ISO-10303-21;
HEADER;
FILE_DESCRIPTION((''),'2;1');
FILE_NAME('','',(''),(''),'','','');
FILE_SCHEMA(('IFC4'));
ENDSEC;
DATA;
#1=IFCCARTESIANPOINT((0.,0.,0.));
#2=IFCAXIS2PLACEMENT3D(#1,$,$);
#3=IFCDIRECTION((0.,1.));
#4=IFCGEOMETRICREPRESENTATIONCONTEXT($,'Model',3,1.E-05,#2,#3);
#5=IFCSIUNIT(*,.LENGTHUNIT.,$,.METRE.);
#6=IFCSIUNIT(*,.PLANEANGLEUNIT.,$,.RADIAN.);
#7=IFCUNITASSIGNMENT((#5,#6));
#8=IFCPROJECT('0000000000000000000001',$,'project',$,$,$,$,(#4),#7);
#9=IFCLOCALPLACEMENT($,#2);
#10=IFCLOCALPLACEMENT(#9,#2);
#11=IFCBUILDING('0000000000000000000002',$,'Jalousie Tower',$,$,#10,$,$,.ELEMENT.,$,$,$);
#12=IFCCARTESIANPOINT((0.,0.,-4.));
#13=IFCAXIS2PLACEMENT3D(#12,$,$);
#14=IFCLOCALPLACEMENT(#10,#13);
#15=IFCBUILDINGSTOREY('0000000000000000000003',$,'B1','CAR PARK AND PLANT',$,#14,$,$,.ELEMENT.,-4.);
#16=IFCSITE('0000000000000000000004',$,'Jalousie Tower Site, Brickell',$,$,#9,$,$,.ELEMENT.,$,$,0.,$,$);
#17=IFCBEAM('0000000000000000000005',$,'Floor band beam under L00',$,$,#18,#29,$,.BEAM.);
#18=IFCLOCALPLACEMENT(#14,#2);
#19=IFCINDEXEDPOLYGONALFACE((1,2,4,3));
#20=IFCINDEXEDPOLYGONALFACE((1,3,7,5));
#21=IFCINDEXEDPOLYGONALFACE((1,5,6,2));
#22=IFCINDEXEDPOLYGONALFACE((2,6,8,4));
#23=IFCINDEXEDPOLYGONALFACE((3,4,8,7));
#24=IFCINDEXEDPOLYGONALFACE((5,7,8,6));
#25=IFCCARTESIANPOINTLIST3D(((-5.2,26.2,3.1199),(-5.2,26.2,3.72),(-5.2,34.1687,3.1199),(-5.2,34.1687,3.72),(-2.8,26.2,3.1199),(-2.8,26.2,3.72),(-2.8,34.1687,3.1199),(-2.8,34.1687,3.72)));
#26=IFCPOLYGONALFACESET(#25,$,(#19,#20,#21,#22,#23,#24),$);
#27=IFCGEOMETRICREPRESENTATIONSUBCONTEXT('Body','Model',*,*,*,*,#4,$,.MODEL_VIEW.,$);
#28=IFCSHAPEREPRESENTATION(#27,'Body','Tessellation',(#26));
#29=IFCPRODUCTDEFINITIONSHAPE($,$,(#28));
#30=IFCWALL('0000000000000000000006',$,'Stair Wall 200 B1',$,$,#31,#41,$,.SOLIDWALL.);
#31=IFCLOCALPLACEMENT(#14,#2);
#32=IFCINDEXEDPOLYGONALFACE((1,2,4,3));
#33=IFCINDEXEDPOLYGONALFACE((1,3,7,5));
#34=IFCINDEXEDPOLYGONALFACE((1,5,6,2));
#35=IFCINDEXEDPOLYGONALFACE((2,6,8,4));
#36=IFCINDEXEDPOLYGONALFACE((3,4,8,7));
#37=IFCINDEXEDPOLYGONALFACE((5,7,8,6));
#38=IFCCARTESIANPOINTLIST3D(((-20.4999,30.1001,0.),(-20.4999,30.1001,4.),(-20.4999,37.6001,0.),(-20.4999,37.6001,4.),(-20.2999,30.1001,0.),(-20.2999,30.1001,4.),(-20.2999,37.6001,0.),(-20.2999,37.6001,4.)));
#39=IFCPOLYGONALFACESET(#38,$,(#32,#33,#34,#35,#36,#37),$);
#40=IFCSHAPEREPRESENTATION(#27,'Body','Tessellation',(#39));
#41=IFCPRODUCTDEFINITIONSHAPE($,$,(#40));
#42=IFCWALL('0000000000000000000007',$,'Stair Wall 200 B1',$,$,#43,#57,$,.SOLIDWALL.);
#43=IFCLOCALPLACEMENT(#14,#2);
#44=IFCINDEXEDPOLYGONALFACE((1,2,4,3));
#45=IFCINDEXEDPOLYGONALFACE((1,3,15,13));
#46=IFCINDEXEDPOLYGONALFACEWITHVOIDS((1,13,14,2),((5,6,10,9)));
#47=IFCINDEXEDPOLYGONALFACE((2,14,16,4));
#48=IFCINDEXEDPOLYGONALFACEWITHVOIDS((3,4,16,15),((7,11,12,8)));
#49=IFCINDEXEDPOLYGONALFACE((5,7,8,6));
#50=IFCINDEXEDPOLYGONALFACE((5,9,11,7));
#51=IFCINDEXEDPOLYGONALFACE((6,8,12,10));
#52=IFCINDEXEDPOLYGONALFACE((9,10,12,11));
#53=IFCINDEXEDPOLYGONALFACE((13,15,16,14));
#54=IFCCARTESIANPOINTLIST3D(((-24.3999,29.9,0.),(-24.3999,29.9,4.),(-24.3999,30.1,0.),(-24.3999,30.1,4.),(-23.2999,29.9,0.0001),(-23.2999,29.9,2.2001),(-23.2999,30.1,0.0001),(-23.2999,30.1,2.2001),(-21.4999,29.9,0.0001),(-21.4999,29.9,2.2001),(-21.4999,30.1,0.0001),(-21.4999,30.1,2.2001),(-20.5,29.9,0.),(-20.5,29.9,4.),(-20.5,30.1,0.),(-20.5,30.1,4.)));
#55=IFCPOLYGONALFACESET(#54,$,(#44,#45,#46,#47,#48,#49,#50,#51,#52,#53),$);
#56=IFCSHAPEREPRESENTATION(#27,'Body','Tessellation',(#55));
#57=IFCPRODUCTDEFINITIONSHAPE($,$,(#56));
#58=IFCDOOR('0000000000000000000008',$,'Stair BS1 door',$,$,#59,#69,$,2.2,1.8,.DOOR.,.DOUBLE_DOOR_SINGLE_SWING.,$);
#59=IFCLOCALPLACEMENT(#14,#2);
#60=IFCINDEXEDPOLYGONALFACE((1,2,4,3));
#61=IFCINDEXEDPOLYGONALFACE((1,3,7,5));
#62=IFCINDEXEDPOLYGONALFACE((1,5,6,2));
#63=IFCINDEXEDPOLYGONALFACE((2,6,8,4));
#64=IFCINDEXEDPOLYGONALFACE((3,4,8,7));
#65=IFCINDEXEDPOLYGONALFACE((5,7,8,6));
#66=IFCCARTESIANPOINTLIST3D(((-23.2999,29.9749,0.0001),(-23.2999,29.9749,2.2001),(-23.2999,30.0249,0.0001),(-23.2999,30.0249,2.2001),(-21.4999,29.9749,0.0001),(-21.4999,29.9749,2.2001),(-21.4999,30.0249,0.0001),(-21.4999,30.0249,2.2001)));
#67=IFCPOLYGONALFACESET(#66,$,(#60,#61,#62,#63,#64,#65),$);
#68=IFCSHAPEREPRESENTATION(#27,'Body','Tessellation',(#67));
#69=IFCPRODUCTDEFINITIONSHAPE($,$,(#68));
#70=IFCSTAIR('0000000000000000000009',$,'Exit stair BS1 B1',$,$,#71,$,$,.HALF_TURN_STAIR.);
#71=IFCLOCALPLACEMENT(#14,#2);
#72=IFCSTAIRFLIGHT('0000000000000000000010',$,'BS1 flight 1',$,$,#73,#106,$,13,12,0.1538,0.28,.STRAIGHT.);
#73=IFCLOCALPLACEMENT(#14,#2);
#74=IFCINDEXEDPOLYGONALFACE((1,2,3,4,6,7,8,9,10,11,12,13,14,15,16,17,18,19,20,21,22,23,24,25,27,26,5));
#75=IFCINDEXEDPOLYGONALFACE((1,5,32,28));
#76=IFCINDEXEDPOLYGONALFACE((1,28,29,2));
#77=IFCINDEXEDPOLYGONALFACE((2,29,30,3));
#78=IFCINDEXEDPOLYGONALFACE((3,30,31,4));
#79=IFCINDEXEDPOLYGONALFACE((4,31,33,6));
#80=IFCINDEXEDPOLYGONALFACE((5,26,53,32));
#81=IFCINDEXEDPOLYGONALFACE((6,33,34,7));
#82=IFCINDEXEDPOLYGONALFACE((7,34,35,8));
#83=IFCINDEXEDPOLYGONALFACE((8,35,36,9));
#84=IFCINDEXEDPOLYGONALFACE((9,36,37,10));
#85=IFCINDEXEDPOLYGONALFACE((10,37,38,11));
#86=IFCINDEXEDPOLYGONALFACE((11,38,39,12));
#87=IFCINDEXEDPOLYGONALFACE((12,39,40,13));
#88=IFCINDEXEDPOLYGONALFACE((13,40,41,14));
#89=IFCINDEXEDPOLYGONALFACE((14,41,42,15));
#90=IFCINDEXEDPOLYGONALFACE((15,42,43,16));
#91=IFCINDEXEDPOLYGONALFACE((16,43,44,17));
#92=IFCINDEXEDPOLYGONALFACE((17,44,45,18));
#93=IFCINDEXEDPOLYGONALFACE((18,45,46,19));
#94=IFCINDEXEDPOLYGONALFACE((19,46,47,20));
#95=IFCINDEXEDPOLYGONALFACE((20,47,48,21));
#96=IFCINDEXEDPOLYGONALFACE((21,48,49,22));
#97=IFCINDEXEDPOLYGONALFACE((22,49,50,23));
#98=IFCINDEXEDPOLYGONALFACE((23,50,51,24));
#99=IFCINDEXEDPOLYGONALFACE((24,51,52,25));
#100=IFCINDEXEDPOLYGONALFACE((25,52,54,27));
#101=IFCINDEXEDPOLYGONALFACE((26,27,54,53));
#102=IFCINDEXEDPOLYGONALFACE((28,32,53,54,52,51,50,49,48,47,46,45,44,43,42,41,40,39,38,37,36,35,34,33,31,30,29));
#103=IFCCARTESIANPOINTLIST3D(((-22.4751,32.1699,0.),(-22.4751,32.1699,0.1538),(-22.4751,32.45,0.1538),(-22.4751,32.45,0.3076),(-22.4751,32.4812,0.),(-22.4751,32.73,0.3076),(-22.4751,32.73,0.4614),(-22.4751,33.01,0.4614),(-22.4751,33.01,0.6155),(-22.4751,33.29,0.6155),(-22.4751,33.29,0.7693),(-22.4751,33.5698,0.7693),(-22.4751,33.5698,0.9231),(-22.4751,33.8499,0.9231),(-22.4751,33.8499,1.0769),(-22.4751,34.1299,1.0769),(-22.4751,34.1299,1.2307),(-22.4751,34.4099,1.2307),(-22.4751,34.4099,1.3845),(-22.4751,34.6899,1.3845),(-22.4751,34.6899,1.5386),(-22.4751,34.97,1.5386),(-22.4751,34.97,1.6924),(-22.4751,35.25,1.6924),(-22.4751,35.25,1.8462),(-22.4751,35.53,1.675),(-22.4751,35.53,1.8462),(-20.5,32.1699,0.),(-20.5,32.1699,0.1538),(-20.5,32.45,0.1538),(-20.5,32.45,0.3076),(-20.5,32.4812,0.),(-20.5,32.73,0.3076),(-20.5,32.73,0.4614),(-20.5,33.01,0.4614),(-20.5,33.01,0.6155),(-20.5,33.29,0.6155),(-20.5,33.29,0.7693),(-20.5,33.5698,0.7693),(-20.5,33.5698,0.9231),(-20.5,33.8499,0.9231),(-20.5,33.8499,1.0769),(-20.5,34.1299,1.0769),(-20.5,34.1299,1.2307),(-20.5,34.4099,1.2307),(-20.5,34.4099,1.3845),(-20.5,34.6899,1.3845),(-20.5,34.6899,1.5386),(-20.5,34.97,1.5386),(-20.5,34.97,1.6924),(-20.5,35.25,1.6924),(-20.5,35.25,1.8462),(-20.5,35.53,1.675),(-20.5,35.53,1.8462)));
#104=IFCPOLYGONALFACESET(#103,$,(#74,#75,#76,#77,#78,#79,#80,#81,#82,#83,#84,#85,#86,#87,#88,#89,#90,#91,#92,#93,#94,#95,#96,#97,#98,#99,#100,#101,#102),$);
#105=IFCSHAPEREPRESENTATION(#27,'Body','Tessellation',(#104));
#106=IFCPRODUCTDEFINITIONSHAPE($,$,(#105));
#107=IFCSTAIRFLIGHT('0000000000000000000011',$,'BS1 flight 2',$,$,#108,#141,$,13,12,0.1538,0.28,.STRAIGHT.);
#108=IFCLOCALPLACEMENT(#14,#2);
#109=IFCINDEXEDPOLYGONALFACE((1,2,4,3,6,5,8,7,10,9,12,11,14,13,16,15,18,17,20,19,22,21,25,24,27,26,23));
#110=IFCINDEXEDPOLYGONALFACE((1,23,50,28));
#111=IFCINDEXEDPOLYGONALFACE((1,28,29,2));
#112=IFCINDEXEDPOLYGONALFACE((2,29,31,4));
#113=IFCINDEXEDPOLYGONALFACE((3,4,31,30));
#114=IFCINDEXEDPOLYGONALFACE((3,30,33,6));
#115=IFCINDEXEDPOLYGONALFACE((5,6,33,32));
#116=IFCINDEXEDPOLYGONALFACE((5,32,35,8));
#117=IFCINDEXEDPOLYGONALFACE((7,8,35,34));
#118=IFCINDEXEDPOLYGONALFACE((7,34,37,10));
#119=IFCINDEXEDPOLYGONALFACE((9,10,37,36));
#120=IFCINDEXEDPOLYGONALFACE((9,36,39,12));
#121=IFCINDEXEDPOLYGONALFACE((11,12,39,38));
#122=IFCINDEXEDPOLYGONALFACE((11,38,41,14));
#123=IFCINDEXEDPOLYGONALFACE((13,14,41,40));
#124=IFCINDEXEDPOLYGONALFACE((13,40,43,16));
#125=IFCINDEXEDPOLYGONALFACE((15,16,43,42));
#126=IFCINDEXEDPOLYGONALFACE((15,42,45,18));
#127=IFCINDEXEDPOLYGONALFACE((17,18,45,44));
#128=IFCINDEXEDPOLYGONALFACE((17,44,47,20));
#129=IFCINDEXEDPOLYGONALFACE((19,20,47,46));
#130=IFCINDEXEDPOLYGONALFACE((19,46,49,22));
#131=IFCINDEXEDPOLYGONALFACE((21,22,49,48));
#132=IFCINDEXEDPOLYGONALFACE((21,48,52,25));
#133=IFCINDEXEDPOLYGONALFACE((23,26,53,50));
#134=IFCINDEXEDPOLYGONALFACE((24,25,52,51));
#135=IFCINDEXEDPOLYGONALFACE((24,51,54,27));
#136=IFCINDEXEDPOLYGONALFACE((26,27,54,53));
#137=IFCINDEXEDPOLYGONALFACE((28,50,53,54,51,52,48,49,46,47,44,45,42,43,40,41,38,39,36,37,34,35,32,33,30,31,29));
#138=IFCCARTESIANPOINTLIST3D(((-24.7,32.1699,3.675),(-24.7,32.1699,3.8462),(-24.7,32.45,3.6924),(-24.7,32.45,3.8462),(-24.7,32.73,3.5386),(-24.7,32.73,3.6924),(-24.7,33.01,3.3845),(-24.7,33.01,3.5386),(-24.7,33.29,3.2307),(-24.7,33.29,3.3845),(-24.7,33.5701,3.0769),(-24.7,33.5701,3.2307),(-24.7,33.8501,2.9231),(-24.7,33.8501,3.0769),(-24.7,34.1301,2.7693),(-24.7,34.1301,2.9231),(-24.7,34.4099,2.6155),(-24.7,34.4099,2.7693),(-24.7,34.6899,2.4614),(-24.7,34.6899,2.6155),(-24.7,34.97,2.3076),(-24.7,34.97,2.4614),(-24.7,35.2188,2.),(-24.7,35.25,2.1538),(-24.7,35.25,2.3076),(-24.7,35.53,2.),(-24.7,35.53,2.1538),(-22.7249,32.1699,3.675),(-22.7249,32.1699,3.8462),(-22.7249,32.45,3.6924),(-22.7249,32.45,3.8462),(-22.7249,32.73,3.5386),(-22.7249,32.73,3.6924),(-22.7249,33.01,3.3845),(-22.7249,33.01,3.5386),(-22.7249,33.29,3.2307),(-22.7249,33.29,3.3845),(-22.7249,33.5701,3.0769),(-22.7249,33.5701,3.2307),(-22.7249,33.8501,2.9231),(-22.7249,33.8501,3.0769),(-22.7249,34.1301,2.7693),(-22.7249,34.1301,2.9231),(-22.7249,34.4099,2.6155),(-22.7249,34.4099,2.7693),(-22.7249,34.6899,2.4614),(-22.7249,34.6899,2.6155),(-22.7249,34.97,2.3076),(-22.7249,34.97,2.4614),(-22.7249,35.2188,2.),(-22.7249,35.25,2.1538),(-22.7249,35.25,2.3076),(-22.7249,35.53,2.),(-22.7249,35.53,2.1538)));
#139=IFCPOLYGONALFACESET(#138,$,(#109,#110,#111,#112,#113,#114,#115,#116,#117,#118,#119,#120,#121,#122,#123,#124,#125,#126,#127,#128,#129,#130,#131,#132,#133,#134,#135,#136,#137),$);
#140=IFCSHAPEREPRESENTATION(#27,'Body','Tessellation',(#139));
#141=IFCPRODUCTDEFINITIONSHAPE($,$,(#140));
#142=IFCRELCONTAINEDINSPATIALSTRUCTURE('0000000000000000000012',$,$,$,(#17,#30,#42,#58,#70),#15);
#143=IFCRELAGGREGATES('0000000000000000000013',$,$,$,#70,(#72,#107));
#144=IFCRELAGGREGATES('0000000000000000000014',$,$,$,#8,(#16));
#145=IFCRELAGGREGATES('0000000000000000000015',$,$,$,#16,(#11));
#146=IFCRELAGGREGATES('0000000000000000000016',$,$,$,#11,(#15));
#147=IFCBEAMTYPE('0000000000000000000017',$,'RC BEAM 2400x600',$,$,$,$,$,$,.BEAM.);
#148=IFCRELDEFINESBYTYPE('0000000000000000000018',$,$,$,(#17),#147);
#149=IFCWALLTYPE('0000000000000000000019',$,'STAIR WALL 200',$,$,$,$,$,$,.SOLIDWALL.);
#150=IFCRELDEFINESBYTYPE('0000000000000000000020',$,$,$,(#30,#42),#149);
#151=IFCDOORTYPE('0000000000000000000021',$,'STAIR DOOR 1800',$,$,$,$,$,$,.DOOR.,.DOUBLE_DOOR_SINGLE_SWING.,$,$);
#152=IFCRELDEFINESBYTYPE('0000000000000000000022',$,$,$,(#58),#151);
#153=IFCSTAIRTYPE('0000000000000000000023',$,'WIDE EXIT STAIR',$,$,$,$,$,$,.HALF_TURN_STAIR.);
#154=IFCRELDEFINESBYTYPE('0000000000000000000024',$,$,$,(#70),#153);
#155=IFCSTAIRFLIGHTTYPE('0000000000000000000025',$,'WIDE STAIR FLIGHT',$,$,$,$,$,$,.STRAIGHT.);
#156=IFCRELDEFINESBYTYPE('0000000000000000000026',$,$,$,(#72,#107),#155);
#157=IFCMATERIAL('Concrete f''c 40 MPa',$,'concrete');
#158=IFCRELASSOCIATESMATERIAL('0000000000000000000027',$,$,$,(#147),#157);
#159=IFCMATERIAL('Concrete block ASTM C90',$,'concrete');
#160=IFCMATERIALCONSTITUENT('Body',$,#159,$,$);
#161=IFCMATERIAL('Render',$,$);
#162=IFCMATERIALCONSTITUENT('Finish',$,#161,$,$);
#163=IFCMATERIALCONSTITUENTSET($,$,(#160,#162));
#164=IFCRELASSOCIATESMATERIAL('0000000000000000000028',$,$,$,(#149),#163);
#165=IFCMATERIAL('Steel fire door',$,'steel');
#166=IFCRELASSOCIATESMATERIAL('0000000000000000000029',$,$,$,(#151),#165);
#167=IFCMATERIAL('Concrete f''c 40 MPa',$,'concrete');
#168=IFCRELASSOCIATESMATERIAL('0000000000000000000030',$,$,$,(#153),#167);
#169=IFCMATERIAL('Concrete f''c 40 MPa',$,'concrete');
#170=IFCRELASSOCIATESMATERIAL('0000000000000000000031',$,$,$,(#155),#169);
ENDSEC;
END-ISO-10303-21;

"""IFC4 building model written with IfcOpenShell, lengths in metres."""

from ifc_helpers import new_model, si_unit, direction, frame, frame_2d, origin, origin_2d, place, context, subcontext, project, spatial, polyline, rectangle, outline, extrude, material, constituent, constituent_set, material_profile, profile_set, type_object, element, fill, aggregate, save


model = new_model("IFC4")

# Units and contexts
model_context = context("Model", 3, precision=1e-05, world=origin(), true_north=direction((0.0, 1.0)))
body_context = subcontext(model_context, "Body", "Model", "MODEL_VIEW")
ifc_project = project(units=[si_unit("LENGTHUNIT", "METRE"), si_unit("PLANEANGLEUNIT", "RADIAN")], contexts=[model_context])

# Site, building, storey
site_placement = place(None, origin())
site = spatial("IfcSite", under=ifc_project, at=site_placement, Name="Jalousie Tower Site, Brickell", CompositionType="ELEMENT", RefElevation=0.0)
building_placement = place(site_placement, origin())
building = spatial("IfcBuilding", under=site, at=building_placement, Name="Jalousie Tower", CompositionType="ELEMENT")
storey_placement = place(building_placement, frame((0.0, 0.0, -4.0)))
storey = spatial("IfcBuildingStorey", under=building, at=storey_placement, Name="B1", Description="CAR PARK AND PLANT", CompositionType="ELEMENT", Elevation=-4.0)

# Beam
ifc_material_1 = material(Name="Concrete f'c 40 MPa", Category="concrete")
ifc_material_profile_1 = material_profile(ifc_material_1, rectangle(XDim=2.3999, YDim=0.6001, at=origin_2d()), Name="RC 2400x600")
ifc_profile_set_1 = profile_set([ifc_material_profile_1], Name="Concrete f'c 40 MPa")
beam_type_1 = type_object("IfcBeamType", Name="RC BEAM 2400x600", PredefinedType="BEAM", material=ifc_profile_set_1)
beam_1_placement = place(storey_placement, frame((-4.0, 26.2, 3.4199), z_axis=(0.0, 1.0, 0.0), x_axis=(-1.0, 0.0, 0.0)))
element("IfcBeam", 1, at=beam_1_placement, inside=storey, type_object=beam_type_1, Name="Floor band beam under L00", PredefinedType="BEAM", context=body_context, shape_type="SweptSolid", body=[
    extrude(rectangle(XDim=2.3999, YDim=0.6001, at=origin_2d()), origin(), (0.0, 0.0, 1.0), 7.9688),
])

# Wall
ifc_material_2 = material(Name="Concrete block ASTM C90", Category="concrete")
ifc_constituent_1 = constituent(ifc_material_2, Name="Body")
ifc_material_3 = material(Name="Render")
ifc_constituent_2 = constituent(ifc_material_3, Name="Finish")
ifc_constituent_set_1 = constituent_set(constituents=[ifc_constituent_1, ifc_constituent_2])
wall_type = type_object("IfcWallType", Name="STAIR WALL 200", PredefinedType="SOLIDWALL", material=ifc_constituent_set_1)
wall_1_placement = place(storey_placement, frame((-20.3999, 30.1001, 0.0), z_axis=(0.0, 0.0, 1.0), x_axis=(0.0, 1.0, 0.0)))
element("IfcWall", 2, at=wall_1_placement, inside=storey, type_object=wall_type, Name="Stair Wall 200 B1", PredefinedType="SOLIDWALL", context=body_context, shape_type="SweptSolid", body=[
    extrude(rectangle(XDim=7.5, YDim=0.2, at=frame_2d((3.75, 0.0))), origin(), (0.0, 0.0, 1.0), 4.0),
])

# Wall, opening, door
wall_2_placement = place(storey_placement, frame((-24.3999, 30.0, 0.0), z_axis=(0.0, 0.0, 1.0), x_axis=(1.0, 0.0, 0.0)))
wall_2 = element("IfcWall", 3, at=wall_2_placement, inside=storey, type_object=wall_type, Name="Stair Wall 200 B1", PredefinedType="SOLIDWALL", context=body_context, shape_type="SweptSolid", body=[
    extrude(rectangle(XDim=3.8999, YDim=0.2, at=frame_2d((1.95, 0.0))), origin(), (0.0, 0.0, 1.0), 4.0),
])
opening_placement = place(wall_2_placement, frame((1.1001, 0.0, 0.0)))
opening = element("IfcOpeningElement", 4, at=opening_placement, cuts=wall_2, PredefinedType="OPENING", context=body_context, shape_type="SweptSolid", body=[
    extrude(rectangle(XDim=1.8, YDim=2.2, at=frame_2d((0.8999, 1.1001))), frame((0.0, 0.1099, 0.0), z_axis=(0.0, -1.0, 0.0), x_axis=(1.0, 0.0, 0.0)), (0.0, 0.0, 1.0), 0.22),
])
ifc_material_4 = material(Name="Steel fire door", Category="steel")
door_type = type_object("IfcDoorType", Name="STAIR DOOR 1800", OperationType="DOUBLE_DOOR_SINGLE_SWING", PredefinedType="DOOR", material=ifc_material_4)
door_placement = place(opening_placement, origin())
door = element("IfcDoor", 5, at=door_placement, inside=storey, type_object=door_type, Name="Stair BS1 door", OperationType="DOUBLE_DOOR_SINGLE_SWING", OverallHeight=2.2, OverallWidth=1.8, PredefinedType="DOOR", context=body_context, shape_type="SweptSolid", body=[
    extrude(rectangle(XDim=1.8, YDim=2.2, at=frame_2d((0.8999, 1.1001))), frame((0.0, 0.0249, 0.0), z_axis=(0.0, -1.0, 0.0), x_axis=(1.0, 0.0, 0.0)), (0.0, 0.0, 1.0), 0.05),
])
fill(opening, door)

# Stair, stair flights
ifc_material_5 = material(Name="Concrete f'c 40 MPa", Category="concrete")
stair_type = type_object("IfcStairType", Name="WIDE EXIT STAIR", PredefinedType="HALF_TURN_STAIR", material=ifc_material_5)
stair_placement = place(storey_placement, origin())
stair = element("IfcStair", 6, at=stair_placement, inside=storey, type_object=stair_type, Name="Exit stair BS1 B1", PredefinedType="HALF_TURN_STAIR")
ifc_material_6 = material(Name="Concrete f'c 40 MPa", Category="concrete")
stair_flight_type = type_object("IfcStairFlightType", Name="WIDE STAIR FLIGHT", PredefinedType="STRAIGHT", material=ifc_material_6)
stair_flight_1_placement = place(storey_placement, frame((-21.4875, 32.1699, 0.0), z_axis=(0.0, 0.0, 1.0), x_axis=(0.0, 1.0, 0.0)))
stair_flight_1 = element("IfcStairFlight", 7, at=stair_flight_1_placement, type_object=stair_flight_type, Name="BS1 flight 1", NumberOfRisers=13, NumberOfTreads=12, PredefinedType="STRAIGHT", RiserHeight=0.1538, TreadLength=0.28, context=body_context, shape_type="SweptSolid", body=[
    extrude(outline(polyline([(0.0, 0.0), (0.0, 0.1538), (0.28, 0.1538), (0.28, 0.3076), (0.5601, 0.3076), (0.5601, 0.4614), (0.8401, 0.4614), (0.8401, 0.6155), (1.1201, 0.6155), (1.1201, 0.7693), (1.3999, 0.7693), (1.3999, 0.9231), (1.6799, 0.9231), (1.6799, 1.0769), (1.96, 1.0769), (1.96, 1.2307), (2.24, 1.2307), (2.24, 1.3845), (2.52, 1.3845), (2.52, 1.5386), (2.8, 1.5386), (2.8, 1.6924), (3.0801, 1.6924), (3.0801, 1.8462), (3.3601, 1.8462), (3.3601, 2.0), (3.3601, 1.675), (0.3113, 0.0), (0.0, 0.0)])), frame((0.0, 0.9875, 0.0), z_axis=(0.0, -1.0, 0.0), x_axis=(1.0, 0.0, 0.0)), (0.0, 0.0, 1.0), 1.9751),
])
stair_flight_2_placement = place(storey_placement, frame((-23.7124, 35.53, 2.0), z_axis=(0.0, 0.0, 1.0), x_axis=(0.0, -1.0, 0.0)))
stair_flight_2 = element("IfcStairFlight", 8, at=stair_flight_2_placement, type_object=stair_flight_type, Name="BS1 flight 2", NumberOfRisers=13, NumberOfTreads=12, PredefinedType="STRAIGHT", RiserHeight=0.1538, TreadLength=0.28, context=body_context, shape_type="SweptSolid", body=[
    extrude(outline(polyline([(0.0, 0.0), (0.0, 0.1538), (0.28, 0.1538), (0.28, 0.3076), (0.5601, 0.3076), (0.5601, 0.4614), (0.8401, 0.4614), (0.8401, 0.6155), (1.1201, 0.6155), (1.1201, 0.7693), (1.3999, 0.7693), (1.3999, 0.9231), (1.6799, 0.9231), (1.6799, 1.0769), (1.96, 1.0769), (1.96, 1.2307), (2.24, 1.2307), (2.24, 1.3845), (2.52, 1.3845), (2.52, 1.5386), (2.8, 1.5386), (2.8, 1.6924), (3.0801, 1.6924), (3.0801, 1.8462), (3.3601, 1.8462), (3.3601, 2.0), (3.3601, 1.675), (0.3113, 0.0), (0.0, 0.0)])), frame((0.0, 0.9875, 0.0), z_axis=(0.0, -1.0, 0.0), x_axis=(1.0, 0.0, 0.0)), (0.0, 0.0, 1.0), 1.9751),
])
aggregate(stair, [stair_flight_1, stair_flight_2])

save(model, "model.ifc")
